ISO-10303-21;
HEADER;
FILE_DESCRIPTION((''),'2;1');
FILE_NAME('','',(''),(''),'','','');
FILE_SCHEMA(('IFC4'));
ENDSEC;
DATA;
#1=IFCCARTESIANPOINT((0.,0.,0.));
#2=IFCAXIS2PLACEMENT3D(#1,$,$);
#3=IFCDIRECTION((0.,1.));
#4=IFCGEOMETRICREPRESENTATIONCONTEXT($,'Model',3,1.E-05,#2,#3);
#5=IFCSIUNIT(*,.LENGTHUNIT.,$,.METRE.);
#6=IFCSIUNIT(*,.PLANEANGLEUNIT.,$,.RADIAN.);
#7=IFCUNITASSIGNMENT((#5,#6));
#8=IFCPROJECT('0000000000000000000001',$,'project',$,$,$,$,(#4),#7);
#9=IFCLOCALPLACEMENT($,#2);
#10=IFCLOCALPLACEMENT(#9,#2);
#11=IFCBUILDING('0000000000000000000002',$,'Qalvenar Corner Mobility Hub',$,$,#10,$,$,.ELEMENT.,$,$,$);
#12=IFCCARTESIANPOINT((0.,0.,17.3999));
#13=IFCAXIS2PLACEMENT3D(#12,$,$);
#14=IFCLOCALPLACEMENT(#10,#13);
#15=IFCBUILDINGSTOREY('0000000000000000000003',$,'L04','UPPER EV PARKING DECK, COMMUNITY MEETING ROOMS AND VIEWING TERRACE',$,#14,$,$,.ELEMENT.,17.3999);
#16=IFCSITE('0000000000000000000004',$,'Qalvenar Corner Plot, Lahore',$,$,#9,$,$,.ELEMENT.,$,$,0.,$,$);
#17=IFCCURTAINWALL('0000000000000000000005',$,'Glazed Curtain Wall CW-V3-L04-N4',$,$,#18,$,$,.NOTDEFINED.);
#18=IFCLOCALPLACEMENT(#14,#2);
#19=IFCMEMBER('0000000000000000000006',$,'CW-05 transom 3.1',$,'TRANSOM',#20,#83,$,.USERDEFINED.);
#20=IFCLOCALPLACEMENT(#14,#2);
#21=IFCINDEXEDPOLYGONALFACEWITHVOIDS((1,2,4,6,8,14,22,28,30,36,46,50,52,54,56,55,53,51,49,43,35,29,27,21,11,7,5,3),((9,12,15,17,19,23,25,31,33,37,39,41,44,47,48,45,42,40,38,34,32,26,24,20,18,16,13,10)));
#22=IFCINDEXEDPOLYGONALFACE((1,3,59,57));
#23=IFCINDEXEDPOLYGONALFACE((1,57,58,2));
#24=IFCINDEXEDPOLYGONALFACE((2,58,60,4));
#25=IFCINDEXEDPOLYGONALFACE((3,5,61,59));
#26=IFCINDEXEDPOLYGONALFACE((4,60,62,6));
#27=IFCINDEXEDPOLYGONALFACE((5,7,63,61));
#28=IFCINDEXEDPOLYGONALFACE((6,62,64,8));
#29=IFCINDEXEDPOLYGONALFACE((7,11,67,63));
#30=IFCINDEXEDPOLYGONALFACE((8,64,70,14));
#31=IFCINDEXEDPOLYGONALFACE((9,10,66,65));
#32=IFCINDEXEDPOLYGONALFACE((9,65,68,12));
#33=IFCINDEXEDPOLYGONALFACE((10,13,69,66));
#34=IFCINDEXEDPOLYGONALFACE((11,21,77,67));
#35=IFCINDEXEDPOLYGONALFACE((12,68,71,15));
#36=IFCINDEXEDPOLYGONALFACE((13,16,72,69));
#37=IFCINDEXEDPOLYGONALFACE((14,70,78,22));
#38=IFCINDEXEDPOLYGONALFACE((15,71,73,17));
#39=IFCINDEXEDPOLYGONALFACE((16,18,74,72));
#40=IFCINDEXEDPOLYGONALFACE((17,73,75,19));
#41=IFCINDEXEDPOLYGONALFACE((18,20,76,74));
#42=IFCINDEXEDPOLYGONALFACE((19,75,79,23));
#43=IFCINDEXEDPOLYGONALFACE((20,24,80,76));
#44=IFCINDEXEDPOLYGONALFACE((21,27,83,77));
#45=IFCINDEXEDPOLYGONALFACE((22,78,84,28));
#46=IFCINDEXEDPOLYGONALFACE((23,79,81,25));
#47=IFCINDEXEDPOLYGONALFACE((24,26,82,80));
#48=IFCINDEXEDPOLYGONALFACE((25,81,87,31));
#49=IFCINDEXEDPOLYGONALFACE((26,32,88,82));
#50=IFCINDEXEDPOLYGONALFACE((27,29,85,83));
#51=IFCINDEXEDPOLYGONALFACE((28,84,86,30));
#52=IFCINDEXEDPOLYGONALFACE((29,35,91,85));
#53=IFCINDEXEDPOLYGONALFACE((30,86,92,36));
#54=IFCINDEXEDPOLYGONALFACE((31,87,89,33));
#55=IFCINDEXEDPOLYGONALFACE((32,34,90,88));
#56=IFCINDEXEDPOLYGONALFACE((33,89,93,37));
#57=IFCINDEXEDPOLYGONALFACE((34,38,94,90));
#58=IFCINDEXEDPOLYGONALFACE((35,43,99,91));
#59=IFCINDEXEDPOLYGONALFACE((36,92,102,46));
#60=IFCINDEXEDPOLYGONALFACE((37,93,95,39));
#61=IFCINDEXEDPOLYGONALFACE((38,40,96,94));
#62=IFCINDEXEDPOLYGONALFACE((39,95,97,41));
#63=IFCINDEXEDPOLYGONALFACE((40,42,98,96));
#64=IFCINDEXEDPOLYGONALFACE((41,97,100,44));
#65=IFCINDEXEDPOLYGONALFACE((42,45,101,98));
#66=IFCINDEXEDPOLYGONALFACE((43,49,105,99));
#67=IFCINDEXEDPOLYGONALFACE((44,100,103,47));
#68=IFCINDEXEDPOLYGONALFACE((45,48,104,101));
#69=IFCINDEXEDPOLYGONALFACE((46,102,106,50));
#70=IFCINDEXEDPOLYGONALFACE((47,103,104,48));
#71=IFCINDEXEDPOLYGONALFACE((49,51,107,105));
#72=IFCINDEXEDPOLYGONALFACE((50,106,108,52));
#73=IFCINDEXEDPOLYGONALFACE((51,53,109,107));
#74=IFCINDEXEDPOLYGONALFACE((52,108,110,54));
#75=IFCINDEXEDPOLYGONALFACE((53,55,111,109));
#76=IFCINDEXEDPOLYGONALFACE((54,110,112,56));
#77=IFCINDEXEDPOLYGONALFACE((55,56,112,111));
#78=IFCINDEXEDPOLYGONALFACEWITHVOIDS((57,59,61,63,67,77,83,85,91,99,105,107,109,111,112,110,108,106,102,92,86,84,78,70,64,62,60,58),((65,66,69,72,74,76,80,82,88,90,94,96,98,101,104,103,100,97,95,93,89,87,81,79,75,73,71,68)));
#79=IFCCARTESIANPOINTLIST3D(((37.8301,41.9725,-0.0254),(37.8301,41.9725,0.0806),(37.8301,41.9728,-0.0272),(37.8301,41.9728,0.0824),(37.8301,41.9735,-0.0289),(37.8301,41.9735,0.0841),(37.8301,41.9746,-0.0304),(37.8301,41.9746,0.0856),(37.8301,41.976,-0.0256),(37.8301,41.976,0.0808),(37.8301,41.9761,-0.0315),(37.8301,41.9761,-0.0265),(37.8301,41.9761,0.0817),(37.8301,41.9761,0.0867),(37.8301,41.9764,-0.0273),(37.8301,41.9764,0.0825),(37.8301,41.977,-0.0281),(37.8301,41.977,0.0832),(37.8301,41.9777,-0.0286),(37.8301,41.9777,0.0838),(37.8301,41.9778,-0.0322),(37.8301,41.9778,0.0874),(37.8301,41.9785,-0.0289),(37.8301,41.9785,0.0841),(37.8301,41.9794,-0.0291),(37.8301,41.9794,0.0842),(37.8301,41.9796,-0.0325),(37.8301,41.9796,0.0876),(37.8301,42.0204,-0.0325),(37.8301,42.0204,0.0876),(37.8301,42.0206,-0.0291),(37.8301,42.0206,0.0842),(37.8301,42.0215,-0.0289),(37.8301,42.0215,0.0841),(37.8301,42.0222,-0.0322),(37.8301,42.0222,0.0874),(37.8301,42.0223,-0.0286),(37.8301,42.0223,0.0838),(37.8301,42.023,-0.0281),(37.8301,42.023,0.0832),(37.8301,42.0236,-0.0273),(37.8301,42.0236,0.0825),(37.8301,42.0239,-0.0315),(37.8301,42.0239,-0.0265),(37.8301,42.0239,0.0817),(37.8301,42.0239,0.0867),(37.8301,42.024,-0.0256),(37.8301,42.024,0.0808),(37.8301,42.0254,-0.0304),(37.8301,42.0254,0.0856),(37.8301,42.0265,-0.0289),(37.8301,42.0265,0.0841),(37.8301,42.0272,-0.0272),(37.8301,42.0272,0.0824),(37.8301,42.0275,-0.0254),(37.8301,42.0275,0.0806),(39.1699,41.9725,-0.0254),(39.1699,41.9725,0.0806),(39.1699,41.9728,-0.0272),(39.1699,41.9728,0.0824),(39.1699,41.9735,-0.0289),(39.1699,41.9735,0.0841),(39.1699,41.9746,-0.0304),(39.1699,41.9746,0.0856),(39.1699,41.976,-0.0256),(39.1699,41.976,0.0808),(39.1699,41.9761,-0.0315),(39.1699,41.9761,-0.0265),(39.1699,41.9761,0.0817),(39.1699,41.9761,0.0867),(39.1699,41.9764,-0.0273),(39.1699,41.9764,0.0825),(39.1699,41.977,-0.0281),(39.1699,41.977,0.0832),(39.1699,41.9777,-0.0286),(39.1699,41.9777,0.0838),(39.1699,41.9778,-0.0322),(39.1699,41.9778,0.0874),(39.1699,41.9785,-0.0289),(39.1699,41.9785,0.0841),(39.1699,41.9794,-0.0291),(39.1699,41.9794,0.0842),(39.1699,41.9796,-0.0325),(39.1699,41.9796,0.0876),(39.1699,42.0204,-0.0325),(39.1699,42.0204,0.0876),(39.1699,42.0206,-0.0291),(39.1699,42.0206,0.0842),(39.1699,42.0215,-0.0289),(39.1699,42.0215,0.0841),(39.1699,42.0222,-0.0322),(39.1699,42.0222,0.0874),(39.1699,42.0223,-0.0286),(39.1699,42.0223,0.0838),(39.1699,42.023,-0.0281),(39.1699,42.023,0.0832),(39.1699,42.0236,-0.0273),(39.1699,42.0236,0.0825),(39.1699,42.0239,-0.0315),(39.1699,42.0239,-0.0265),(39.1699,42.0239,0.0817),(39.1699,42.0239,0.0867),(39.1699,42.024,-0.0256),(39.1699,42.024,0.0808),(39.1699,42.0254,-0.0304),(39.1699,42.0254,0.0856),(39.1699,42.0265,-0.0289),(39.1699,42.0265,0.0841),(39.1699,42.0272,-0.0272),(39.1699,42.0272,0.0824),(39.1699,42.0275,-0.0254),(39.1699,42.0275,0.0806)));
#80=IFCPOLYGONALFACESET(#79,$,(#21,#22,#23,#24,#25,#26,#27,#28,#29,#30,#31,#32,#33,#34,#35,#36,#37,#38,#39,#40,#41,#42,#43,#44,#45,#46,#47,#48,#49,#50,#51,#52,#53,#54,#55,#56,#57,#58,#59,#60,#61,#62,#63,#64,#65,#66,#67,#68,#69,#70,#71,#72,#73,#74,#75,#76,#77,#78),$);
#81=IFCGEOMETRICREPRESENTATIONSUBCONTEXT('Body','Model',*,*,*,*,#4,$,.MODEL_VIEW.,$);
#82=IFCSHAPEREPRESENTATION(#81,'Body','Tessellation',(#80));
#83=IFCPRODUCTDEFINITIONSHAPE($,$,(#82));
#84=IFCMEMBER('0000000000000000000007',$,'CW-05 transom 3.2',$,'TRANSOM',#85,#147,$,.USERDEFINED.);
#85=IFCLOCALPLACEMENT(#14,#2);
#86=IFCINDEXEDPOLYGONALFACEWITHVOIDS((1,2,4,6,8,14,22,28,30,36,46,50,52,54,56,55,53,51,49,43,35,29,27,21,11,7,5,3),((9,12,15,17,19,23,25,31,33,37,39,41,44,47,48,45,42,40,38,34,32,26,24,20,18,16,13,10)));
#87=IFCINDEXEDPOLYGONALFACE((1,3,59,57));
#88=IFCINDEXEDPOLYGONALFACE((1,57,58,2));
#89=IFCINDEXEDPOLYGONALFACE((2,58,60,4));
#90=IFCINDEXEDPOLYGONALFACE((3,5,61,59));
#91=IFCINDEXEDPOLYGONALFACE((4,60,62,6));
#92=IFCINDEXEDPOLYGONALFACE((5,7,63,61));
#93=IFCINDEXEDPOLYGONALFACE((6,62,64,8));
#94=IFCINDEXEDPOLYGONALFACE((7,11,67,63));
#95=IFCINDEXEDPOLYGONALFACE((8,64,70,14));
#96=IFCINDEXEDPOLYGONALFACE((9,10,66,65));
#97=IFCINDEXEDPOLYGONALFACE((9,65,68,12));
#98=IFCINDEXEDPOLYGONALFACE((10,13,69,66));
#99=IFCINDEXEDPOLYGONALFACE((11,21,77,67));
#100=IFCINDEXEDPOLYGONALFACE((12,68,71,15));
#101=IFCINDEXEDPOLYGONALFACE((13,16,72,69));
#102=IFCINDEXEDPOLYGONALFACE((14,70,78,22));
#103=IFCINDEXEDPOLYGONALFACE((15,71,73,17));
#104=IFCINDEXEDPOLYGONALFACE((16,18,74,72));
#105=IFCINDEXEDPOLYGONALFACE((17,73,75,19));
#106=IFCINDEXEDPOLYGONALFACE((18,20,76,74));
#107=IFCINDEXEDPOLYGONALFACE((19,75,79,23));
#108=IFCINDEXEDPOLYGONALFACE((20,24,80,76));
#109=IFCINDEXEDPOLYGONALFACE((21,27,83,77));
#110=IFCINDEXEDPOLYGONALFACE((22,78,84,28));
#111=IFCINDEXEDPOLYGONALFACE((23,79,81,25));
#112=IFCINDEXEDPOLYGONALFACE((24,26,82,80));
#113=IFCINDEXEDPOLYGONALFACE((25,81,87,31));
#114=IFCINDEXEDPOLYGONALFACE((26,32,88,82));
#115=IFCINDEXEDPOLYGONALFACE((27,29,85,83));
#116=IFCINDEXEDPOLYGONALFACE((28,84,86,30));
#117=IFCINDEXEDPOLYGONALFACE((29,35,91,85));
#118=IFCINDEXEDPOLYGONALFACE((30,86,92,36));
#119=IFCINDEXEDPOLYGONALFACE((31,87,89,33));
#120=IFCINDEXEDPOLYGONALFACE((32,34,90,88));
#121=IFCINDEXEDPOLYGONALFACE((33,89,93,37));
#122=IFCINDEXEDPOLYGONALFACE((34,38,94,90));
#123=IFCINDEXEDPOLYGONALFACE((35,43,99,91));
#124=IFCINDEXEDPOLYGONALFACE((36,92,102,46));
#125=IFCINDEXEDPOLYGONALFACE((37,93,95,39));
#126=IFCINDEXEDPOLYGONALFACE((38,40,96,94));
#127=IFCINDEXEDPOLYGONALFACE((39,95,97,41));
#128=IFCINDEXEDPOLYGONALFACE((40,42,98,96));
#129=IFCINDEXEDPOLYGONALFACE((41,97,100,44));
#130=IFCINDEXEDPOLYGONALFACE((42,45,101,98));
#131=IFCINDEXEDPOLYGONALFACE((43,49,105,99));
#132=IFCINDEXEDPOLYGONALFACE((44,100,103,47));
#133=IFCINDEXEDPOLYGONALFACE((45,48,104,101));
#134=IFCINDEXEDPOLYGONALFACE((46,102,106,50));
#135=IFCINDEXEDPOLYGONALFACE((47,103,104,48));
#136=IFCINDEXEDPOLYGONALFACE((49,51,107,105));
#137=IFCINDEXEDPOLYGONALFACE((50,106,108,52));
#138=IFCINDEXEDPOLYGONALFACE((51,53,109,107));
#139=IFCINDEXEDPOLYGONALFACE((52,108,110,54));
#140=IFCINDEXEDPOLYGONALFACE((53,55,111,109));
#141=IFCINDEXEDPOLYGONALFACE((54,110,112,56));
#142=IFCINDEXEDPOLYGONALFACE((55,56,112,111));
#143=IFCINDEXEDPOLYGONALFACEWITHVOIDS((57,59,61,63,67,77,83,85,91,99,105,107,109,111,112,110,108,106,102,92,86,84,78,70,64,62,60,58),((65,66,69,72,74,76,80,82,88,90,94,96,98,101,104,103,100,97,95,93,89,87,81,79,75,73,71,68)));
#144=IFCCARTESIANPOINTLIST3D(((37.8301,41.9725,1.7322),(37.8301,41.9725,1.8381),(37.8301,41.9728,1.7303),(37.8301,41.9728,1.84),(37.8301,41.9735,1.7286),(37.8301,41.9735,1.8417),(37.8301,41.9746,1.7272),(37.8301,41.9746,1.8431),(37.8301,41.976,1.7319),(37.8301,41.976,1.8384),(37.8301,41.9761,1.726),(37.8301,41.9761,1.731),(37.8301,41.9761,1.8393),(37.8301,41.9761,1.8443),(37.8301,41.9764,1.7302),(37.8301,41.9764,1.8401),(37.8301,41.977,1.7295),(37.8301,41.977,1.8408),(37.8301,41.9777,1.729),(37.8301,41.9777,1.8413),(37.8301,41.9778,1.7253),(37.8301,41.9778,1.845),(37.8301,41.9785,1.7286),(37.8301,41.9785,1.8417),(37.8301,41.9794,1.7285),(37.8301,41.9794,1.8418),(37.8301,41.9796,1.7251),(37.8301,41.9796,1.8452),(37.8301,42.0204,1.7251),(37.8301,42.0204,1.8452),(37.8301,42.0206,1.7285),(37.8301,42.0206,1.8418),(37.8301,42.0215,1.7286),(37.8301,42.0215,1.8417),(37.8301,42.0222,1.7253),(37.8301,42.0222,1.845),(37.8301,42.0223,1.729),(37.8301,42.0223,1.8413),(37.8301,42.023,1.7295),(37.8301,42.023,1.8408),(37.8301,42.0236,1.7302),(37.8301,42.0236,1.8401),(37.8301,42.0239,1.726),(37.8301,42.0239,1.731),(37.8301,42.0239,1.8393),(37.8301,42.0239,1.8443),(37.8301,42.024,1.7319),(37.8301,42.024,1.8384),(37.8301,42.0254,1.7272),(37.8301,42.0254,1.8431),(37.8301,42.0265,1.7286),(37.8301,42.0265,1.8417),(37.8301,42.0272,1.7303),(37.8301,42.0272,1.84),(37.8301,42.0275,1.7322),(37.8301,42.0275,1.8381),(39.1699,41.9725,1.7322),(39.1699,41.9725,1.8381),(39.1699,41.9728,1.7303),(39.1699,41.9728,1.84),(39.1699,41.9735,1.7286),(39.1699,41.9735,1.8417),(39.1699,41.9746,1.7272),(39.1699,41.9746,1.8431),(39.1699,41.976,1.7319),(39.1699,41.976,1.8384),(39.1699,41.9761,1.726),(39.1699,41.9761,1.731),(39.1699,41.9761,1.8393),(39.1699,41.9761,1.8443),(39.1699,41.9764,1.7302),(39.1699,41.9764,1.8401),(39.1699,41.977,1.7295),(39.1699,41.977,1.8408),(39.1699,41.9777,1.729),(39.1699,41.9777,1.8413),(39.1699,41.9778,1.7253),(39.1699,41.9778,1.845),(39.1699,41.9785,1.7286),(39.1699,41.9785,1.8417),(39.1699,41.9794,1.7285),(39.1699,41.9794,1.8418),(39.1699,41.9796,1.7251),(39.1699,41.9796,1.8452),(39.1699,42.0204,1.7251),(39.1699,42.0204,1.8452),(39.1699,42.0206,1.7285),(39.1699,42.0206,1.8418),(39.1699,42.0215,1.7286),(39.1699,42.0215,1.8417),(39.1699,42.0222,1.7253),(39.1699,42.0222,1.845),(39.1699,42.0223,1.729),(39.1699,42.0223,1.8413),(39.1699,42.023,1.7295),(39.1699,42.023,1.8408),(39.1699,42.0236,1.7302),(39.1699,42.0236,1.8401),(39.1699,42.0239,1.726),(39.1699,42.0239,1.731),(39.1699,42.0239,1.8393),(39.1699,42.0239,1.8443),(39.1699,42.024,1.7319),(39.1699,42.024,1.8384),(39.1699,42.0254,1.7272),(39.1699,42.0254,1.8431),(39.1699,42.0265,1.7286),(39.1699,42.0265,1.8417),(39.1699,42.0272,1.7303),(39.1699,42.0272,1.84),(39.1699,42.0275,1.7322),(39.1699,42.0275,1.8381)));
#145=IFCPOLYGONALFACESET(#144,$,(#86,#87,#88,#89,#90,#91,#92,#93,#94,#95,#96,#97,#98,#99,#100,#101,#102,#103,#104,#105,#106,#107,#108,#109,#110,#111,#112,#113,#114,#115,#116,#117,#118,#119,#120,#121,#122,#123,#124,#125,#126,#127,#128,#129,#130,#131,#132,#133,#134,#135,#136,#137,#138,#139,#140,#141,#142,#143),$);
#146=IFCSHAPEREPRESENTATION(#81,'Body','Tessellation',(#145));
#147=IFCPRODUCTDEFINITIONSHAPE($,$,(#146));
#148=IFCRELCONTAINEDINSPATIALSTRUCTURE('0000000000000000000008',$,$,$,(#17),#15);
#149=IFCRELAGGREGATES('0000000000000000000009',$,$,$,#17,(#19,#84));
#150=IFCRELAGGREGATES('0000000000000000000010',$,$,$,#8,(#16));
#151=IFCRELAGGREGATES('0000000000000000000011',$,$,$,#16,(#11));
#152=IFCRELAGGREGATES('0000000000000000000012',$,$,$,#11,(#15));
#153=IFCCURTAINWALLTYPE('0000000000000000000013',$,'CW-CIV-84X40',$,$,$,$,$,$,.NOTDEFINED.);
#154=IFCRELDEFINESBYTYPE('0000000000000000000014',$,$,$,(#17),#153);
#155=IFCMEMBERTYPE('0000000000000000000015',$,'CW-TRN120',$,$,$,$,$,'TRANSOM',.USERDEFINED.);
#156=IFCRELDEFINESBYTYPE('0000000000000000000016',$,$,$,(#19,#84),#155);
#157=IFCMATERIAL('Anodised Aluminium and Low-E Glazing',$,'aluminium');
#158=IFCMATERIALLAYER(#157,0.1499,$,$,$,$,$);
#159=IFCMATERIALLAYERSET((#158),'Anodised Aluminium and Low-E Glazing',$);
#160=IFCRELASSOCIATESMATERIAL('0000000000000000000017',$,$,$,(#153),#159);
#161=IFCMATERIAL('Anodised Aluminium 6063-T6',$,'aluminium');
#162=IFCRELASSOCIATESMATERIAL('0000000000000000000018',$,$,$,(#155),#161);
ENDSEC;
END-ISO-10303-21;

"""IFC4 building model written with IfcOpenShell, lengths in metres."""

from ifc_helpers import new_model, si_unit, direction, frame, origin, origin_2d, place, context, subcontext, project, spatial, hollow_rectangle, extrude, material, layer, layer_set, material_profile, profile_set, type_object, element, aggregate, save


model = new_model("IFC4")

# Units and contexts
model_context = context("Model", 3, precision=1e-05, world=origin(), true_north=direction((0.0, 1.0)))
body_context = subcontext(model_context, "Body", "Model", "MODEL_VIEW")
ifc_project = project(units=[si_unit("LENGTHUNIT", "METRE"), si_unit("PLANEANGLEUNIT", "RADIAN")], contexts=[model_context])

# Site, building, storey
site_placement = place(None, origin())
site = spatial("IfcSite", under=ifc_project, at=site_placement, Name="Qalvenar Corner Plot, Lahore", CompositionType="ELEMENT", RefElevation=0.0)
building_placement = place(site_placement, origin())
building = spatial("IfcBuilding", under=site, at=building_placement, Name="Qalvenar Corner Mobility Hub", CompositionType="ELEMENT")
storey_placement = place(building_placement, frame((0.0, 0.0, 17.3999)))
storey = spatial("IfcBuildingStorey", under=building, at=storey_placement, Name="L04", Description="UPPER EV PARKING DECK, COMMUNITY MEETING ROOMS AND VIEWING TERRACE", CompositionType="ELEMENT", Elevation=17.3999)

# Curtain wall, members
ifc_material_1 = material(Name="Anodised Aluminium and Low-E Glazing", Category="aluminium")
ifc_layer_1 = layer(ifc_material_1, 0.1499)
ifc_layer_set_1 = layer_set([ifc_layer_1], Name="Anodised Aluminium and Low-E Glazing")
curtain_wall_type = type_object("IfcCurtainWallType", Name="CW-CIV-84X40", PredefinedType="NOTDEFINED", material=ifc_layer_set_1)
curtain_wall_placement = place(storey_placement, origin())
curtain_wall = element("IfcCurtainWall", 1, at=curtain_wall_placement, inside=storey, type_object=curtain_wall_type, Name="Glazed Curtain Wall CW-V3-L04-N4", PredefinedType="NOTDEFINED")
ifc_material_2 = material(Name="Anodised Aluminium 6063-T6", Category="aluminium")
ifc_material_profile_1 = material_profile(ifc_material_2, hollow_rectangle(XDim=0.0549, YDim=0.1201, WallThickness=0.0034, InnerFilletRadius=0.0034, OuterFilletRadius=0.0071, at=origin_2d()), Name="RHS120x55x3.5")
ifc_profile_set_1 = profile_set([ifc_material_profile_1], Name="Anodised Aluminium 6063-T6")
member_type_1 = type_object("IfcMemberType", Name="CW-TRN120", ElementType="TRANSOM", PredefinedType="USERDEFINED", material=ifc_profile_set_1)
member_1_placement = place(storey_placement, frame((39.1699, 42.0, 0.0276), z_axis=(-1.0, 0.0, 0.0), x_axis=(0.0, -1.0, 0.0)))
member_1 = element("IfcMember", 2, at=member_1_placement, type_object=member_type_1, Name="CW-05 transom 3.1", ObjectType="TRANSOM", PredefinedType="USERDEFINED", context=body_context, shape_type="SweptSolid", body=[
    extrude(hollow_rectangle(XDim=0.0549, YDim=0.1201, WallThickness=0.0034, InnerFilletRadius=0.0034, OuterFilletRadius=0.0071, at=origin_2d()), origin(), (0.0, 0.0, 1.0), 1.3398),
])
member_2_placement = place(storey_placement, frame((39.1699, 42.0, 1.7852), z_axis=(-1.0, 0.0, 0.0), x_axis=(0.0, -1.0, 0.0)))
member_2 = element("IfcMember", 3, at=member_2_placement, type_object=member_type_1, Name="CW-05 transom 3.2", ObjectType="TRANSOM", PredefinedType="USERDEFINED", context=body_context, shape_type="SweptSolid", body=[
    extrude(hollow_rectangle(XDim=0.0549, YDim=0.1201, WallThickness=0.0034, InnerFilletRadius=0.0034, OuterFilletRadius=0.0071, at=origin_2d()), origin(), (0.0, 0.0, 1.0), 1.3398),
])
aggregate(curtain_wall, [member_1, member_2])

save(model, "model.ifc")
